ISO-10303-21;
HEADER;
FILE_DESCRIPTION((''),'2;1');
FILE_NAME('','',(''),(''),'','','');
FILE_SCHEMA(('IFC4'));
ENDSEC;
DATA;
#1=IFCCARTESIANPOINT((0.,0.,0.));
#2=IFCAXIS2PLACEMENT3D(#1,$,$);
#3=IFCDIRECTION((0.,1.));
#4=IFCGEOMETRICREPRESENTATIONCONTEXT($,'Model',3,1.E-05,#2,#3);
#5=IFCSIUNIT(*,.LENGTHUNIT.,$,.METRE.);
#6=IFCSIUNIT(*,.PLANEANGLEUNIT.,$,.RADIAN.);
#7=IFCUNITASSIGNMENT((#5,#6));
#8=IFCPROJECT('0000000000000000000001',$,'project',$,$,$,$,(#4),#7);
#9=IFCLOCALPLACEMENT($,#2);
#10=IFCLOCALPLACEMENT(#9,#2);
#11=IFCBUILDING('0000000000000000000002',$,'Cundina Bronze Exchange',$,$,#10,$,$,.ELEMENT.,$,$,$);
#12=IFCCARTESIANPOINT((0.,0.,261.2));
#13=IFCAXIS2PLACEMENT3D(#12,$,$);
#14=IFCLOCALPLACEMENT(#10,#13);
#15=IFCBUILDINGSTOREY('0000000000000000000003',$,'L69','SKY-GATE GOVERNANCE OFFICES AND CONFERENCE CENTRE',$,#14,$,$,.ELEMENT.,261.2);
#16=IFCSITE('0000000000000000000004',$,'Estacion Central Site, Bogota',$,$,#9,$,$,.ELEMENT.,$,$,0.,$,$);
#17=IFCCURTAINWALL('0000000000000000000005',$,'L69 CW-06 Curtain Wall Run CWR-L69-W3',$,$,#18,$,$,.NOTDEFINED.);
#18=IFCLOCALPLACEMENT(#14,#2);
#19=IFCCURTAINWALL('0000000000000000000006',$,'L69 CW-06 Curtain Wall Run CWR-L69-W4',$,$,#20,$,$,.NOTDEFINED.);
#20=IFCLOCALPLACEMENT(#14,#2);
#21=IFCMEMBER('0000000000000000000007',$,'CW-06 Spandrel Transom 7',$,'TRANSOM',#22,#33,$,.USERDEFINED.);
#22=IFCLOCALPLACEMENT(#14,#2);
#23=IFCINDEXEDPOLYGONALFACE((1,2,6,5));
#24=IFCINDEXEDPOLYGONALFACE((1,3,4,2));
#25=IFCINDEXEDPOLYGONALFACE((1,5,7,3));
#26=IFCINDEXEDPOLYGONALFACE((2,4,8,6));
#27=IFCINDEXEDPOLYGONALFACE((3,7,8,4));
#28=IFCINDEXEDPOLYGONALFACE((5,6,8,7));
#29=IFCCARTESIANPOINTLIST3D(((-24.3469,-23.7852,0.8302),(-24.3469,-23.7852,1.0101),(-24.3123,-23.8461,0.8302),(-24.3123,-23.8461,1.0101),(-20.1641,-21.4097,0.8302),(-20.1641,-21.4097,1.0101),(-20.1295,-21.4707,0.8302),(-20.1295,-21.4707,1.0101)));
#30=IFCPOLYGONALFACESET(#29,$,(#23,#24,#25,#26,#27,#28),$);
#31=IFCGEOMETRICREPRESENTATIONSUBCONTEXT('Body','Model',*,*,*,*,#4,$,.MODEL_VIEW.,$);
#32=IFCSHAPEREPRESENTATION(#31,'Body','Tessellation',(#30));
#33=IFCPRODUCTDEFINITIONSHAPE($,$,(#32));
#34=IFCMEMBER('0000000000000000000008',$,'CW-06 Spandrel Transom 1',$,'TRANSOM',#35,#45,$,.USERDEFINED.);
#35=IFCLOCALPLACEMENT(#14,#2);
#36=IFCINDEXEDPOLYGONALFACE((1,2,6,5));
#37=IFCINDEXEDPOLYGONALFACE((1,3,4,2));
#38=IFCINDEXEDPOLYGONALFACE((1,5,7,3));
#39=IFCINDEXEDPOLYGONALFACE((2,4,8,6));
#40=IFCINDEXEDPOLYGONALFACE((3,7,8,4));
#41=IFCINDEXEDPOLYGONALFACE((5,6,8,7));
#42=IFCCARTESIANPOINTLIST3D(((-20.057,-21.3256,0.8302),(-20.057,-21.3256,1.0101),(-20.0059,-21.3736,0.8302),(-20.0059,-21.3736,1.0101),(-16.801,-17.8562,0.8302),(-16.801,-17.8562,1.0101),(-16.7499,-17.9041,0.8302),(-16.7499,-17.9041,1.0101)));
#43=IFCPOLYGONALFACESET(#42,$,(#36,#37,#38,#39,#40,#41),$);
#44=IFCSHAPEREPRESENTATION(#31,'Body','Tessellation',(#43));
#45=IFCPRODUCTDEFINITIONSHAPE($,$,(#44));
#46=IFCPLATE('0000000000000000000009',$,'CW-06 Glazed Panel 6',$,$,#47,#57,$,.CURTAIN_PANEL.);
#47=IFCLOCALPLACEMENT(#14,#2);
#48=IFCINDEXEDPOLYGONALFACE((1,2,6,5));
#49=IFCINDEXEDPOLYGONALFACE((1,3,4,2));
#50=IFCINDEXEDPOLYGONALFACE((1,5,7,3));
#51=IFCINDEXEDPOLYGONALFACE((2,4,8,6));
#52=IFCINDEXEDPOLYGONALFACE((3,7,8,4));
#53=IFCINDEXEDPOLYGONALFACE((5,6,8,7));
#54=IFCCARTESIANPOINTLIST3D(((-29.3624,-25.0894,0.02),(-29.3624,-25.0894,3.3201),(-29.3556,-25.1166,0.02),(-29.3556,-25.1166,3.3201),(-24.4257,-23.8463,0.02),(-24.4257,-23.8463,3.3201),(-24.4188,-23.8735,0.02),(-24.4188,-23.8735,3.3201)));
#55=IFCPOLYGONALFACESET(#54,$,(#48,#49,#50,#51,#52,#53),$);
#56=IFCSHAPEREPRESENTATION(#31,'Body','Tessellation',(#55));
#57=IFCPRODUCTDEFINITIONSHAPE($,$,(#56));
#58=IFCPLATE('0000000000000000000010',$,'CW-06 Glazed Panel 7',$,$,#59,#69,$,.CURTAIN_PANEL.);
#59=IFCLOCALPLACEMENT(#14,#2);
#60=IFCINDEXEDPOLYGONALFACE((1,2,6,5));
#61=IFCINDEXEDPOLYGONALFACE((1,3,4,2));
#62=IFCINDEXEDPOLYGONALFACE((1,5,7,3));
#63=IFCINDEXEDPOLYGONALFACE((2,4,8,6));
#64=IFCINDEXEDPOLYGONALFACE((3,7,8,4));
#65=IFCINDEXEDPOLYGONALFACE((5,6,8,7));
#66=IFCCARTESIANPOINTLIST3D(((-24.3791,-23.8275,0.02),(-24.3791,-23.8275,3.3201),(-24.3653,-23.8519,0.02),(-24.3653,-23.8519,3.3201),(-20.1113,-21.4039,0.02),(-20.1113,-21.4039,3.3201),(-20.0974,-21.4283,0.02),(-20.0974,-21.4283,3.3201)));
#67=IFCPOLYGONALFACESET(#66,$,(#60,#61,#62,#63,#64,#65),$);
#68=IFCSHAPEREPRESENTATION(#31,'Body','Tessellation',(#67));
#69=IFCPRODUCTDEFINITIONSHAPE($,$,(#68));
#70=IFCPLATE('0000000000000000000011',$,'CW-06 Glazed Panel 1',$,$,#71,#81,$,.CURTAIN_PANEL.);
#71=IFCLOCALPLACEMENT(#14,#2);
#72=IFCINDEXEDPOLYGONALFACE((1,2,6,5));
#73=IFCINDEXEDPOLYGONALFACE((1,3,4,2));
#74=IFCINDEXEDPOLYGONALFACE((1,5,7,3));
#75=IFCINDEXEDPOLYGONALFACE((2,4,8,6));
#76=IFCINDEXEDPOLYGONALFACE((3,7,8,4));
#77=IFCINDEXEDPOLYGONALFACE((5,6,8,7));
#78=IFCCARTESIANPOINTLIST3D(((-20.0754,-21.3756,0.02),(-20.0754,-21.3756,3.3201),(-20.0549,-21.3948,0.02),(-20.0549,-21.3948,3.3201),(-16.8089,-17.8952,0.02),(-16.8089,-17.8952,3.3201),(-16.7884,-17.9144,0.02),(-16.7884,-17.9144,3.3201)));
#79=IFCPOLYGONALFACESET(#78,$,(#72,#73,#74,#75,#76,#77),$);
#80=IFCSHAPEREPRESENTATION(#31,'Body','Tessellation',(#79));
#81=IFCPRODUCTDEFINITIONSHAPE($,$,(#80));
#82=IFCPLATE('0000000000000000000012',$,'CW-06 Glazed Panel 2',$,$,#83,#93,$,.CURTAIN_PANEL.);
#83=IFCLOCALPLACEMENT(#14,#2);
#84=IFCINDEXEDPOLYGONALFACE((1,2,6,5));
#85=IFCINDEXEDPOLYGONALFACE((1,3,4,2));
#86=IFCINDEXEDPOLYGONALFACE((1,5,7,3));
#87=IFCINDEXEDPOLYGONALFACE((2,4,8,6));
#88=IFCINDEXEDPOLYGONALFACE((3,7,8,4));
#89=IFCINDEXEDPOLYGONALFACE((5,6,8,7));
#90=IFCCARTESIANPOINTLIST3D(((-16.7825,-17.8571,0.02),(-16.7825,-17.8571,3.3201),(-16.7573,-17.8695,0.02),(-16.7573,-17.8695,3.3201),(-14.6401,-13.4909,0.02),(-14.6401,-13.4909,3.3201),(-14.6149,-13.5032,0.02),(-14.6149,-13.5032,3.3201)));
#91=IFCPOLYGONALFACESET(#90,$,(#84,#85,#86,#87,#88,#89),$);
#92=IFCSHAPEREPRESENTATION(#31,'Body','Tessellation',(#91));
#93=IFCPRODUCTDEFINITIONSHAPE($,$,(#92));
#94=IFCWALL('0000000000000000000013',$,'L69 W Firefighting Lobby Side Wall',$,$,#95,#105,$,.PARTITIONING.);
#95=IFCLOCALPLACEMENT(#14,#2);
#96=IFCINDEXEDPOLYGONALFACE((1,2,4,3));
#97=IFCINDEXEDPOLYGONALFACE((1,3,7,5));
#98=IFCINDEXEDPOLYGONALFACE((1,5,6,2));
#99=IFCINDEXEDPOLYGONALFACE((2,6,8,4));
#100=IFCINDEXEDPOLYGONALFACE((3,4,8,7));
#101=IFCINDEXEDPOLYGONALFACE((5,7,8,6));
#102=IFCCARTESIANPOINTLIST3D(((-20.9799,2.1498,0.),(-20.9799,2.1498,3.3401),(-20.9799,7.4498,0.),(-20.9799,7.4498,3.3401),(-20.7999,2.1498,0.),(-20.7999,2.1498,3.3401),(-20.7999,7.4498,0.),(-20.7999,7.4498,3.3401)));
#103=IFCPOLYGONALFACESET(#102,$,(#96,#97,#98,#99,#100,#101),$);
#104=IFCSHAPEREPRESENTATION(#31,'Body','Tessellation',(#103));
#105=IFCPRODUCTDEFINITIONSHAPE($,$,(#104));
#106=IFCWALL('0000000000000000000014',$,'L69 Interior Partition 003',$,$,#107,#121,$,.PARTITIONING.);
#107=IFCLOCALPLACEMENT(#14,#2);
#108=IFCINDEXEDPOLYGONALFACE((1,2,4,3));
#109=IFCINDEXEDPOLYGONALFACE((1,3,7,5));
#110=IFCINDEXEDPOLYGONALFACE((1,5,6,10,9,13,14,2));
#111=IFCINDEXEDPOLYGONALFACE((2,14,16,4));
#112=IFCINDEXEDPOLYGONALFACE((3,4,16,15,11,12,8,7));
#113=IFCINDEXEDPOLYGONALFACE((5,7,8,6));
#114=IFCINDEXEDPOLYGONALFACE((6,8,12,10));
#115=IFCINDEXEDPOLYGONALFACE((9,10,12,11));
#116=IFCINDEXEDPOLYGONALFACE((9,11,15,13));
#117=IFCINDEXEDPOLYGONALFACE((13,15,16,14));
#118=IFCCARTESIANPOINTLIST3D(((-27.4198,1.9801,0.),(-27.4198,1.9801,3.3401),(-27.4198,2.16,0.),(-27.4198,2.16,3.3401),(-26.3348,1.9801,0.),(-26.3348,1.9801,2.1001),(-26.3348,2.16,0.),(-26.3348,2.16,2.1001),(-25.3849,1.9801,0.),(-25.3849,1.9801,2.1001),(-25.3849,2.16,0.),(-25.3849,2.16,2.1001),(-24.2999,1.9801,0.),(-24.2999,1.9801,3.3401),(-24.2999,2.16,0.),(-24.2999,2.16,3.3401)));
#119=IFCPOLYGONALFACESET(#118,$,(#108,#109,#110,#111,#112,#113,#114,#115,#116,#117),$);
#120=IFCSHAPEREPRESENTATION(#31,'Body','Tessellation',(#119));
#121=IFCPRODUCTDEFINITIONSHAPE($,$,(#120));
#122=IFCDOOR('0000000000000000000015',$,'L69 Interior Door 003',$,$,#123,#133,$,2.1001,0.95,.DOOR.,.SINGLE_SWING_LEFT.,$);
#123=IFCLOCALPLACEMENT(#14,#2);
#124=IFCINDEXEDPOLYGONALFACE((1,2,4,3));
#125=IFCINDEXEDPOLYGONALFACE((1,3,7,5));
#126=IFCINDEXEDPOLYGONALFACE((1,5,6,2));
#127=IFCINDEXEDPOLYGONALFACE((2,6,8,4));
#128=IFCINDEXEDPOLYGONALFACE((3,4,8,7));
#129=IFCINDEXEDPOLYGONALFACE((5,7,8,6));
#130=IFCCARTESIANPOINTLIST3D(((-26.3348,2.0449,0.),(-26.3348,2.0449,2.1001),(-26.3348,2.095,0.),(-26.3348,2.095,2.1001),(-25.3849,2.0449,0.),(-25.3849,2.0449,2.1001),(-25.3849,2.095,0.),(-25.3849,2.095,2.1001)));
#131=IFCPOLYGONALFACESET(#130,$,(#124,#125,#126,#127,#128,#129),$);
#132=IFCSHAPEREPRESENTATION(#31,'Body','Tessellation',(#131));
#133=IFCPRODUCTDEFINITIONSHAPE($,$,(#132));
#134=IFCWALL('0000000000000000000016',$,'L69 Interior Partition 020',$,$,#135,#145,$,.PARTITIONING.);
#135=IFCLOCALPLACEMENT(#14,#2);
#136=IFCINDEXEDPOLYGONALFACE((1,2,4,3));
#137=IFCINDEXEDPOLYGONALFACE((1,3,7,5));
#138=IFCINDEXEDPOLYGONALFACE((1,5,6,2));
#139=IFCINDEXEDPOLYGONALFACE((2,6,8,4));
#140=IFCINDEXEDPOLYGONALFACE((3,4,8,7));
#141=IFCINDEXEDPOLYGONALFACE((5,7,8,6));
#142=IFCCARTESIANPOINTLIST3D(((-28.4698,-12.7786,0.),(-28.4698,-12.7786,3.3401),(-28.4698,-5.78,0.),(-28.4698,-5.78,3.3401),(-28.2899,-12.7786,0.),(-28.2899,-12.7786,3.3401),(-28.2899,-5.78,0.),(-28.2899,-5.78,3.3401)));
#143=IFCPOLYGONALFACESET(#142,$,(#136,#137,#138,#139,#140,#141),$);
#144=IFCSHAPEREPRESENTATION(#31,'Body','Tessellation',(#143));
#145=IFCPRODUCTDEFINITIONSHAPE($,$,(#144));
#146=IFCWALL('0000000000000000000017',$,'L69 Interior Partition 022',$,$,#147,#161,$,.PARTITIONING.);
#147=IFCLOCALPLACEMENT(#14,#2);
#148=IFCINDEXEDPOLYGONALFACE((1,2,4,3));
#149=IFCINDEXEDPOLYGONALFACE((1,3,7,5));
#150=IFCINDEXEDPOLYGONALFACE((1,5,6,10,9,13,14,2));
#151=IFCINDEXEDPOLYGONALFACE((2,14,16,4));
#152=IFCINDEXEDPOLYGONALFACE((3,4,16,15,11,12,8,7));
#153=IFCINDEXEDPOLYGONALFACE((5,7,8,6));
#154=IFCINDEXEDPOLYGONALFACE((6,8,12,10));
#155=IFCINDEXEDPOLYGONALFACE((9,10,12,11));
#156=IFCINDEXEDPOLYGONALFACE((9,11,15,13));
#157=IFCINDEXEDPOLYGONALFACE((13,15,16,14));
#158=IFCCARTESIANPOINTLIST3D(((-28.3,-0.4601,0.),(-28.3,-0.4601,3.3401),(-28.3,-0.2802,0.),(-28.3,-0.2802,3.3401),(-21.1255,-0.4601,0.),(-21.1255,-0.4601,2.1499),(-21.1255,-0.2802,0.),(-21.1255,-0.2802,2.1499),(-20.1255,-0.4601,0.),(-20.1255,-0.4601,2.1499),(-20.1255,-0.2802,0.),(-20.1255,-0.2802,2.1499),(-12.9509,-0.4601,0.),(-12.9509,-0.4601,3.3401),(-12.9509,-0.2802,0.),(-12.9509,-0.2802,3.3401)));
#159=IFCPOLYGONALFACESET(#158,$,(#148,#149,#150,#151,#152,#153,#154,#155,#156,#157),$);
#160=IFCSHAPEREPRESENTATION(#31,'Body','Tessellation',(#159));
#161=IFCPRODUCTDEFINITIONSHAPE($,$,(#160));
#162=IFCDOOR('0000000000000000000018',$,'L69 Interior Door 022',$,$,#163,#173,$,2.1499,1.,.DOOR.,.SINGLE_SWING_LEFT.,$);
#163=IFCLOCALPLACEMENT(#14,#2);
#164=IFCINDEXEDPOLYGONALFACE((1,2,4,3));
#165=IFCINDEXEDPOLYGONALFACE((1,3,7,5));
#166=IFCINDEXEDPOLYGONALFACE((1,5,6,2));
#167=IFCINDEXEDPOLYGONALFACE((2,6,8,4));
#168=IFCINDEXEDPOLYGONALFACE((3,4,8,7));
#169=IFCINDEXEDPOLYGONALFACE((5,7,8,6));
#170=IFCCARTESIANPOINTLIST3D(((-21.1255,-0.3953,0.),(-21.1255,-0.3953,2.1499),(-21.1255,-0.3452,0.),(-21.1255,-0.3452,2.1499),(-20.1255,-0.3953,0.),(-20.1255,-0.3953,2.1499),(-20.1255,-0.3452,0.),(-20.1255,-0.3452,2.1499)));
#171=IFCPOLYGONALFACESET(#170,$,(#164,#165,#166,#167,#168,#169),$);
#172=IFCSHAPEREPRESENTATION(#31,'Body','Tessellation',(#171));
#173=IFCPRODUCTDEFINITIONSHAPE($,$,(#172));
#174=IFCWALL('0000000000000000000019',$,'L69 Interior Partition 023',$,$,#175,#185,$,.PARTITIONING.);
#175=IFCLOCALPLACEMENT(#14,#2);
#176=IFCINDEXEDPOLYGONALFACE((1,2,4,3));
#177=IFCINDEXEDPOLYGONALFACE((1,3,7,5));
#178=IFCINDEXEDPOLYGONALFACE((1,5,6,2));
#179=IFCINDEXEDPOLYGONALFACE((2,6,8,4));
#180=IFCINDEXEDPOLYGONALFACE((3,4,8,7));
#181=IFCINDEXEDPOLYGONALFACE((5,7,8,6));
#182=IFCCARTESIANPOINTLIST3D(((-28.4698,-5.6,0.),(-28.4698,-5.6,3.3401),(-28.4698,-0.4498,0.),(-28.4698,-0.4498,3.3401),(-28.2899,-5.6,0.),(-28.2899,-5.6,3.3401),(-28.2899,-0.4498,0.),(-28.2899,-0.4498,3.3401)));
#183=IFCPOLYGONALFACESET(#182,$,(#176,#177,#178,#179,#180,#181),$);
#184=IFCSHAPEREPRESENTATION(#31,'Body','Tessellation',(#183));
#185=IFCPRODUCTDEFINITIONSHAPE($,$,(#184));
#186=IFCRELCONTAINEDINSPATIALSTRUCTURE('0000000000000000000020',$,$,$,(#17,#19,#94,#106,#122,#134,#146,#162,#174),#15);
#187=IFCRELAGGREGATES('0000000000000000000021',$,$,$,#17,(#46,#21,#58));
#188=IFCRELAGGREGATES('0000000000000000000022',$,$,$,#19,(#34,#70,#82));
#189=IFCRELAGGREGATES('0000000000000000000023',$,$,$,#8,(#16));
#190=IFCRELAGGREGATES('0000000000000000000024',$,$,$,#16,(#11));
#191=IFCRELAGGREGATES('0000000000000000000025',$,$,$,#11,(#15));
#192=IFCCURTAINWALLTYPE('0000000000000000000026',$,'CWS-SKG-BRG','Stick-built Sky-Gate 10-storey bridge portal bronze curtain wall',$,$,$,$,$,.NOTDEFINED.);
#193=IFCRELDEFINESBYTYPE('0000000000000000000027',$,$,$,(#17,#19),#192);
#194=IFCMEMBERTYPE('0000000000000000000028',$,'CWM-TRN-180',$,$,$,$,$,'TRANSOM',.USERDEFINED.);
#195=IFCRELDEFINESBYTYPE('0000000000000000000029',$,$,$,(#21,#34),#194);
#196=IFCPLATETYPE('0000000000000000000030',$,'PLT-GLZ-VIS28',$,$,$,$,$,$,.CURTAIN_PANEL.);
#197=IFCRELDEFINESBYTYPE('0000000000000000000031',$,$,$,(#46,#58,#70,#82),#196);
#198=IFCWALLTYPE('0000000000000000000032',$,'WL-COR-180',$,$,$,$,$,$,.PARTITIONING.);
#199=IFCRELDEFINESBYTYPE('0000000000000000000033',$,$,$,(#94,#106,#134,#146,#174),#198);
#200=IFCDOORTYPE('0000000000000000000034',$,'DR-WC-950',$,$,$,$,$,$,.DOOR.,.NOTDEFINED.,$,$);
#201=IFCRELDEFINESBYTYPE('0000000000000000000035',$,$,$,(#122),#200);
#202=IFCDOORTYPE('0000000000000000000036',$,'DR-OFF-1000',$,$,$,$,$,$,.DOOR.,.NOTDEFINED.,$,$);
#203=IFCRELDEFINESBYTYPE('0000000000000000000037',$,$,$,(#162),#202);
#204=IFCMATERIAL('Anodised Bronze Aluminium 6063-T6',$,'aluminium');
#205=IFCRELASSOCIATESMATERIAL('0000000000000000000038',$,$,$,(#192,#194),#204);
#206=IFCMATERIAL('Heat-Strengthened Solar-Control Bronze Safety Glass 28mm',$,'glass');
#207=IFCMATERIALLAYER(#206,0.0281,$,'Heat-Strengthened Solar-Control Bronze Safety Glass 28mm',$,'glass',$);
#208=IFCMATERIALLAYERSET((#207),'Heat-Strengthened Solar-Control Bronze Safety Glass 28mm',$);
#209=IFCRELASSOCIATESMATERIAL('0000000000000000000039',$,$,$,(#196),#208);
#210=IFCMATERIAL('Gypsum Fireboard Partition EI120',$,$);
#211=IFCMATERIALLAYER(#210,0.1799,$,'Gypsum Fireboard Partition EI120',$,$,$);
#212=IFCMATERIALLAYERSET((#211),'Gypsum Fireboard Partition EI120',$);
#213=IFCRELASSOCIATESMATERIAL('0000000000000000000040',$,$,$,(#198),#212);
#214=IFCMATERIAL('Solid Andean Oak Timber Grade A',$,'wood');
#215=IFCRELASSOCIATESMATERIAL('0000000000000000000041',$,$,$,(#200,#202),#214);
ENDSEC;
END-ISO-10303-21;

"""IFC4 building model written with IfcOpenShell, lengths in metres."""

from ifc_helpers import new_model, si_unit, direction, frame, frame_2d, origin, origin_2d, place, context, subcontext, project, spatial, rectangle, extrude, material, layer, layer_set, material_profile, profile_set, type_object, element, fill, aggregate, save


model = new_model("IFC4")

# Units and contexts
model_context = context("Model", 3, precision=1e-05, world=origin(), true_north=direction((0.0, 1.0)))
body_context = subcontext(model_context, "Body", "Model", "MODEL_VIEW")
ifc_project = project(units=[si_unit("LENGTHUNIT", "METRE"), si_unit("PLANEANGLEUNIT", "RADIAN")], contexts=[model_context])

# Site, building, storey
site_placement = place(None, origin())
site = spatial("IfcSite", under=ifc_project, at=site_placement, Name="Estacion Central Site, Bogota", CompositionType="ELEMENT", RefElevation=0.0)
building_placement = place(site_placement, origin())
building = spatial("IfcBuilding", under=site, at=building_placement, Name="Cundina Bronze Exchange", CompositionType="ELEMENT")
storey_placement = place(building_placement, frame((0.0, 0.0, 261.2)))
storey = spatial("IfcBuildingStorey", under=building, at=storey_placement, Name="L69", Description="SKY-GATE GOVERNANCE OFFICES AND CONFERENCE CENTRE", CompositionType="ELEMENT", Elevation=261.2)

# Curtain walls
ifc_material_1 = material(Name="Anodised Bronze Aluminium 6063-T6", Category="aluminium")
curtain_wall_type = type_object("IfcCurtainWallType", Name="CWS-SKG-BRG", Description="Stick-built Sky-Gate 10-storey bridge portal bronze curtain wall", PredefinedType="NOTDEFINED", material=ifc_material_1)
curtain_wall_1_placement = place(storey_placement, origin())
curtain_wall_1 = element("IfcCurtainWall", 1, at=curtain_wall_1_placement, inside=storey, type_object=curtain_wall_type, Name="L69 CW-06 Curtain Wall Run CWR-L69-W3", PredefinedType="NOTDEFINED")
curtain_wall_2_placement = place(storey_placement, origin())
curtain_wall_2 = element("IfcCurtainWall", 2, at=curtain_wall_2_placement, inside=storey, type_object=curtain_wall_type, Name="L69 CW-06 Curtain Wall Run CWR-L69-W4", PredefinedType="NOTDEFINED")

# Members
ifc_material_profile_1 = material_profile(ifc_material_1, rectangle(XDim=0.0701, YDim=0.1799, at=origin_2d()), Name="AL70X180", Category="aluminium")
ifc_profile_set_1 = profile_set([ifc_material_profile_1], Name="Anodised Bronze Aluminium 6063-T6")
member_type_1 = type_object("IfcMemberType", Name="CWM-TRN-180", ElementType="TRANSOM", PredefinedType="USERDEFINED", material=ifc_profile_set_1)
member_1_placement = place(storey_placement, frame((-24.3296, -23.8157, 0.9202), z_axis=(0.869558, 0.493831, 0.0), x_axis=(-0.493831, 0.869558, 0.0)))
member_1 = element("IfcMember", 3, at=member_1_placement, type_object=member_type_1, Name="CW-06 Spandrel Transom 7", ObjectType="TRANSOM", PredefinedType="USERDEFINED", context=body_context, shape_type="SweptSolid", body=[
    extrude(rectangle(XDim=0.0701, YDim=0.1799, at=origin_2d()), origin(), (0.0, 0.0, 1.0), 4.8103),
])
member_2_placement = place(storey_placement, frame((-20.0315, -21.3496, 0.9202), z_axis=(0.684328, 0.729174, 0.0), x_axis=(-0.729174, 0.684328, 0.0)))
member_2 = element("IfcMember", 4, at=member_2_placement, type_object=member_type_1, Name="CW-06 Spandrel Transom 1", ObjectType="TRANSOM", PredefinedType="USERDEFINED", context=body_context, shape_type="SweptSolid", body=[
    extrude(rectangle(XDim=0.0701, YDim=0.1799, at=origin_2d()), origin(), (0.0, 0.0, 1.0), 4.7581),
])

# Plates
ifc_material_2 = material(Name="Heat-Strengthened Solar-Control Bronze Safety Glass 28mm", Category="glass")
ifc_layer_1 = layer(ifc_material_2, 0.0281, Name="Heat-Strengthened Solar-Control Bronze Safety Glass 28mm", Category="glass")
ifc_layer_set_1 = layer_set([ifc_layer_1], Name="Heat-Strengthened Solar-Control Bronze Safety Glass 28mm")
plate_type = type_object("IfcPlateType", Name="PLT-GLZ-VIS28", PredefinedType="CURTAIN_PANEL", material=ifc_layer_set_1)
plate_1_placement = place(storey_placement, frame((-26.8906, -24.4814, 0.02), z_axis=(0.0, 0.0, 1.0), x_axis=(0.969732, 0.244174, 0.0)))
plate_1 = element("IfcPlate", 5, at=plate_1_placement, type_object=plate_type, Name="CW-06 Glazed Panel 6", PredefinedType="CURTAIN_PANEL", context=body_context, shape_type="SweptSolid", body=[
    extrude(rectangle(XDim=5.0908, YDim=0.0281, at=origin_2d()), origin(), (0.0, 0.0, 1.0), 3.3),
])
plate_2_placement = place(storey_placement, frame((-22.2383, -22.6279, 0.02), z_axis=(0.0, 0.0, 1.0), x_axis=(0.869573, 0.493805, 0.0)))
plate_2 = element("IfcPlate", 6, at=plate_2_placement, type_object=plate_type, Name="CW-06 Glazed Panel 7", PredefinedType="CURTAIN_PANEL", context=body_context, shape_type="SweptSolid", body=[
    extrude(rectangle(XDim=4.908, YDim=0.0281, at=origin_2d()), origin(), (0.0, 0.0, 1.0), 3.3),
])
aggregate(curtain_wall_1, [plate_1, member_1, plate_2])
plate_3_placement = place(storey_placement, frame((-18.4319, -19.645, 0.02), z_axis=(0.0, 0.0, 1.0), x_axis=(0.684344, 0.72916, 0.0)))
plate_3 = element("IfcPlate", 7, at=plate_3_placement, type_object=plate_type, Name="CW-06 Glazed Panel 1", PredefinedType="CURTAIN_PANEL", context=body_context, shape_type="SweptSolid", body=[
    extrude(rectangle(XDim=4.7732, YDim=0.0281, at=origin_2d()), origin(), (0.0, 0.0, 1.0), 3.3),
])
plate_4_placement = place(storey_placement, frame((-15.6987, -15.6802, 0.02), z_axis=(0.0, 0.0, 1.0), x_axis=(0.440503, 0.897751, 0.0)))
plate_4 = element("IfcPlate", 8, at=plate_4_placement, type_object=plate_type, Name="CW-06 Glazed Panel 2", PredefinedType="CURTAIN_PANEL", context=body_context, shape_type="SweptSolid", body=[
    extrude(rectangle(XDim=4.8635, YDim=0.0281, at=origin_2d()), origin(), (0.0, 0.0, 1.0), 3.3),
])
aggregate(curtain_wall_2, [member_2, plate_3, plate_4])

# Wall
ifc_material_3 = material(Name="Gypsum Fireboard Partition EI120")
ifc_layer_2 = layer(ifc_material_3, 0.1799, Name="Gypsum Fireboard Partition EI120")
ifc_layer_set_2 = layer_set([ifc_layer_2], Name="Gypsum Fireboard Partition EI120")
wall_type_1 = type_object("IfcWallType", Name="WL-COR-180", PredefinedType="PARTITIONING", material=ifc_layer_set_2)
wall_1_placement = place(storey_placement, frame((-20.8899, 2.1499, 0.0), z_axis=(0.0, 0.0, 1.0), x_axis=(0.0, 1.0, 0.0)))
element("IfcWall", 9, at=wall_1_placement, inside=storey, type_object=wall_type_1, Name="L69 W Firefighting Lobby Side Wall", PredefinedType="PARTITIONING", context=body_context, shape_type="SweptSolid", body=[
    extrude(rectangle(XDim=5.3, YDim=0.1799, at=frame_2d((2.6499, 0.0))), origin(), (0.0, 0.0, 1.0), 3.3401),
])

# Wall, opening, door
wall_2_placement = place(storey_placement, frame((-27.4199, 2.0701, 0.0), z_axis=(0.0, 0.0, 1.0), x_axis=(1.0, 0.0, 0.0)))
wall_2 = element("IfcWall", 10, at=wall_2_placement, inside=storey, type_object=wall_type_1, Name="L69 Interior Partition 003", PredefinedType="PARTITIONING", context=body_context, shape_type="SweptSolid", body=[
    extrude(rectangle(XDim=3.1199, YDim=0.1799, at=frame_2d((1.5601, 0.0))), origin(), (0.0, 0.0, 1.0), 3.3401),
])
opening_1_placement = place(wall_2_placement, frame((1.085, 0.0, 0.0)))
opening_1 = element("IfcOpeningElement", 11, at=opening_1_placement, cuts=wall_2, PredefinedType="OPENING", context=body_context, shape_type="SweptSolid", body=[
    extrude(rectangle(XDim=0.95, YDim=2.1001, at=frame_2d((0.4751, 1.05))), frame((0.0, 0.0999, 0.0), z_axis=(0.0, -1.0, 0.0), x_axis=(1.0, 0.0, 0.0)), (0.0, 0.0, 1.0), 0.2),
])
ifc_material_4 = material(Name="Solid Andean Oak Timber Grade A", Category="wood")
door_type_1 = type_object("IfcDoorType", Name="DR-WC-950", OperationType="NOTDEFINED", PredefinedType="DOOR", material=ifc_material_4)
door_1_placement = place(opening_1_placement, origin())
door_1 = element("IfcDoor", 12, at=door_1_placement, inside=storey, type_object=door_type_1, Name="L69 Interior Door 003", OperationType="SINGLE_SWING_LEFT", OverallHeight=2.1001, OverallWidth=0.95, PredefinedType="DOOR", context=body_context, shape_type="SweptSolid", body=[
    extrude(rectangle(XDim=0.95, YDim=2.1001, at=frame_2d((0.4751, 1.05))), frame((0.0, 0.0249, 0.0), z_axis=(0.0, -1.0, 0.0), x_axis=(1.0, 0.0, 0.0)), (0.0, 0.0, 1.0), 0.05),
])
fill(opening_1, door_1)

# Wall
wall_3_placement = place(storey_placement, frame((-28.3799, -12.7786, 0.0), z_axis=(0.0, 0.0, 1.0), x_axis=(0.0, 1.0, 0.0)))
element("IfcWall", 13, at=wall_3_placement, inside=storey, type_object=wall_type_1, Name="L69 Interior Partition 020", PredefinedType="PARTITIONING", context=body_context, shape_type="SweptSolid", body=[
    extrude(rectangle(XDim=6.9985, YDim=0.1799, at=frame_2d((3.4993, 0.0))), origin(), (0.0, 0.0, 1.0), 3.3401),
])

# Wall, opening, door
wall_4_placement = place(storey_placement, frame((-28.3, -0.3701, 0.0), z_axis=(0.0, 0.0, 1.0), x_axis=(1.0, 0.0, 0.0)))
wall_4 = element("IfcWall", 14, at=wall_4_placement, inside=storey, type_object=wall_type_1, Name="L69 Interior Partition 022", PredefinedType="PARTITIONING", context=body_context, shape_type="SweptSolid", body=[
    extrude(rectangle(XDim=15.3491, YDim=0.1799, at=frame_2d((7.6746, 0.0))), origin(), (0.0, 0.0, 1.0), 3.3401),
])
opening_2_placement = place(wall_4_placement, frame((7.1746, 0.0, 0.0)))
opening_2 = element("IfcOpeningElement", 15, at=opening_2_placement, cuts=wall_4, PredefinedType="OPENING", context=body_context, shape_type="SweptSolid", body=[
    extrude(rectangle(XDim=1.0, YDim=2.1499, at=frame_2d((0.5, 1.075))), frame((0.0, 0.0999, 0.0), z_axis=(0.0, -1.0, 0.0), x_axis=(1.0, 0.0, 0.0)), (0.0, 0.0, 1.0), 0.2),
])
door_type_2 = type_object("IfcDoorType", Name="DR-OFF-1000", OperationType="NOTDEFINED", PredefinedType="DOOR", material=ifc_material_4)
door_2_placement = place(opening_2_placement, origin())
door_2 = element("IfcDoor", 16, at=door_2_placement, inside=storey, type_object=door_type_2, Name="L69 Interior Door 022", OperationType="SINGLE_SWING_LEFT", OverallHeight=2.1499, OverallWidth=1.0, PredefinedType="DOOR", context=body_context, shape_type="SweptSolid", body=[
    extrude(rectangle(XDim=1.0, YDim=2.1499, at=frame_2d((0.5, 1.075))), frame((0.0, 0.0249, 0.0), z_axis=(0.0, -1.0, 0.0), x_axis=(1.0, 0.0, 0.0)), (0.0, 0.0, 1.0), 0.05),
])
fill(opening_2, door_2)

# Wall
wall_5_placement = place(storey_placement, frame((-28.3799, -5.6001, 0.0), z_axis=(0.0, 0.0, 1.0), x_axis=(0.0, 1.0, 0.0)))
element("IfcWall", 17, at=wall_5_placement, inside=storey, type_object=wall_type_1, Name="L69 Interior Partition 023", PredefinedType="PARTITIONING", context=body_context, shape_type="SweptSolid", body=[
    extrude(rectangle(XDim=5.1501, YDim=0.1799, at=frame_2d((2.5752, 0.0))), origin(), (0.0, 0.0, 1.0), 3.3401),
])

save(model, "model.ifc")
